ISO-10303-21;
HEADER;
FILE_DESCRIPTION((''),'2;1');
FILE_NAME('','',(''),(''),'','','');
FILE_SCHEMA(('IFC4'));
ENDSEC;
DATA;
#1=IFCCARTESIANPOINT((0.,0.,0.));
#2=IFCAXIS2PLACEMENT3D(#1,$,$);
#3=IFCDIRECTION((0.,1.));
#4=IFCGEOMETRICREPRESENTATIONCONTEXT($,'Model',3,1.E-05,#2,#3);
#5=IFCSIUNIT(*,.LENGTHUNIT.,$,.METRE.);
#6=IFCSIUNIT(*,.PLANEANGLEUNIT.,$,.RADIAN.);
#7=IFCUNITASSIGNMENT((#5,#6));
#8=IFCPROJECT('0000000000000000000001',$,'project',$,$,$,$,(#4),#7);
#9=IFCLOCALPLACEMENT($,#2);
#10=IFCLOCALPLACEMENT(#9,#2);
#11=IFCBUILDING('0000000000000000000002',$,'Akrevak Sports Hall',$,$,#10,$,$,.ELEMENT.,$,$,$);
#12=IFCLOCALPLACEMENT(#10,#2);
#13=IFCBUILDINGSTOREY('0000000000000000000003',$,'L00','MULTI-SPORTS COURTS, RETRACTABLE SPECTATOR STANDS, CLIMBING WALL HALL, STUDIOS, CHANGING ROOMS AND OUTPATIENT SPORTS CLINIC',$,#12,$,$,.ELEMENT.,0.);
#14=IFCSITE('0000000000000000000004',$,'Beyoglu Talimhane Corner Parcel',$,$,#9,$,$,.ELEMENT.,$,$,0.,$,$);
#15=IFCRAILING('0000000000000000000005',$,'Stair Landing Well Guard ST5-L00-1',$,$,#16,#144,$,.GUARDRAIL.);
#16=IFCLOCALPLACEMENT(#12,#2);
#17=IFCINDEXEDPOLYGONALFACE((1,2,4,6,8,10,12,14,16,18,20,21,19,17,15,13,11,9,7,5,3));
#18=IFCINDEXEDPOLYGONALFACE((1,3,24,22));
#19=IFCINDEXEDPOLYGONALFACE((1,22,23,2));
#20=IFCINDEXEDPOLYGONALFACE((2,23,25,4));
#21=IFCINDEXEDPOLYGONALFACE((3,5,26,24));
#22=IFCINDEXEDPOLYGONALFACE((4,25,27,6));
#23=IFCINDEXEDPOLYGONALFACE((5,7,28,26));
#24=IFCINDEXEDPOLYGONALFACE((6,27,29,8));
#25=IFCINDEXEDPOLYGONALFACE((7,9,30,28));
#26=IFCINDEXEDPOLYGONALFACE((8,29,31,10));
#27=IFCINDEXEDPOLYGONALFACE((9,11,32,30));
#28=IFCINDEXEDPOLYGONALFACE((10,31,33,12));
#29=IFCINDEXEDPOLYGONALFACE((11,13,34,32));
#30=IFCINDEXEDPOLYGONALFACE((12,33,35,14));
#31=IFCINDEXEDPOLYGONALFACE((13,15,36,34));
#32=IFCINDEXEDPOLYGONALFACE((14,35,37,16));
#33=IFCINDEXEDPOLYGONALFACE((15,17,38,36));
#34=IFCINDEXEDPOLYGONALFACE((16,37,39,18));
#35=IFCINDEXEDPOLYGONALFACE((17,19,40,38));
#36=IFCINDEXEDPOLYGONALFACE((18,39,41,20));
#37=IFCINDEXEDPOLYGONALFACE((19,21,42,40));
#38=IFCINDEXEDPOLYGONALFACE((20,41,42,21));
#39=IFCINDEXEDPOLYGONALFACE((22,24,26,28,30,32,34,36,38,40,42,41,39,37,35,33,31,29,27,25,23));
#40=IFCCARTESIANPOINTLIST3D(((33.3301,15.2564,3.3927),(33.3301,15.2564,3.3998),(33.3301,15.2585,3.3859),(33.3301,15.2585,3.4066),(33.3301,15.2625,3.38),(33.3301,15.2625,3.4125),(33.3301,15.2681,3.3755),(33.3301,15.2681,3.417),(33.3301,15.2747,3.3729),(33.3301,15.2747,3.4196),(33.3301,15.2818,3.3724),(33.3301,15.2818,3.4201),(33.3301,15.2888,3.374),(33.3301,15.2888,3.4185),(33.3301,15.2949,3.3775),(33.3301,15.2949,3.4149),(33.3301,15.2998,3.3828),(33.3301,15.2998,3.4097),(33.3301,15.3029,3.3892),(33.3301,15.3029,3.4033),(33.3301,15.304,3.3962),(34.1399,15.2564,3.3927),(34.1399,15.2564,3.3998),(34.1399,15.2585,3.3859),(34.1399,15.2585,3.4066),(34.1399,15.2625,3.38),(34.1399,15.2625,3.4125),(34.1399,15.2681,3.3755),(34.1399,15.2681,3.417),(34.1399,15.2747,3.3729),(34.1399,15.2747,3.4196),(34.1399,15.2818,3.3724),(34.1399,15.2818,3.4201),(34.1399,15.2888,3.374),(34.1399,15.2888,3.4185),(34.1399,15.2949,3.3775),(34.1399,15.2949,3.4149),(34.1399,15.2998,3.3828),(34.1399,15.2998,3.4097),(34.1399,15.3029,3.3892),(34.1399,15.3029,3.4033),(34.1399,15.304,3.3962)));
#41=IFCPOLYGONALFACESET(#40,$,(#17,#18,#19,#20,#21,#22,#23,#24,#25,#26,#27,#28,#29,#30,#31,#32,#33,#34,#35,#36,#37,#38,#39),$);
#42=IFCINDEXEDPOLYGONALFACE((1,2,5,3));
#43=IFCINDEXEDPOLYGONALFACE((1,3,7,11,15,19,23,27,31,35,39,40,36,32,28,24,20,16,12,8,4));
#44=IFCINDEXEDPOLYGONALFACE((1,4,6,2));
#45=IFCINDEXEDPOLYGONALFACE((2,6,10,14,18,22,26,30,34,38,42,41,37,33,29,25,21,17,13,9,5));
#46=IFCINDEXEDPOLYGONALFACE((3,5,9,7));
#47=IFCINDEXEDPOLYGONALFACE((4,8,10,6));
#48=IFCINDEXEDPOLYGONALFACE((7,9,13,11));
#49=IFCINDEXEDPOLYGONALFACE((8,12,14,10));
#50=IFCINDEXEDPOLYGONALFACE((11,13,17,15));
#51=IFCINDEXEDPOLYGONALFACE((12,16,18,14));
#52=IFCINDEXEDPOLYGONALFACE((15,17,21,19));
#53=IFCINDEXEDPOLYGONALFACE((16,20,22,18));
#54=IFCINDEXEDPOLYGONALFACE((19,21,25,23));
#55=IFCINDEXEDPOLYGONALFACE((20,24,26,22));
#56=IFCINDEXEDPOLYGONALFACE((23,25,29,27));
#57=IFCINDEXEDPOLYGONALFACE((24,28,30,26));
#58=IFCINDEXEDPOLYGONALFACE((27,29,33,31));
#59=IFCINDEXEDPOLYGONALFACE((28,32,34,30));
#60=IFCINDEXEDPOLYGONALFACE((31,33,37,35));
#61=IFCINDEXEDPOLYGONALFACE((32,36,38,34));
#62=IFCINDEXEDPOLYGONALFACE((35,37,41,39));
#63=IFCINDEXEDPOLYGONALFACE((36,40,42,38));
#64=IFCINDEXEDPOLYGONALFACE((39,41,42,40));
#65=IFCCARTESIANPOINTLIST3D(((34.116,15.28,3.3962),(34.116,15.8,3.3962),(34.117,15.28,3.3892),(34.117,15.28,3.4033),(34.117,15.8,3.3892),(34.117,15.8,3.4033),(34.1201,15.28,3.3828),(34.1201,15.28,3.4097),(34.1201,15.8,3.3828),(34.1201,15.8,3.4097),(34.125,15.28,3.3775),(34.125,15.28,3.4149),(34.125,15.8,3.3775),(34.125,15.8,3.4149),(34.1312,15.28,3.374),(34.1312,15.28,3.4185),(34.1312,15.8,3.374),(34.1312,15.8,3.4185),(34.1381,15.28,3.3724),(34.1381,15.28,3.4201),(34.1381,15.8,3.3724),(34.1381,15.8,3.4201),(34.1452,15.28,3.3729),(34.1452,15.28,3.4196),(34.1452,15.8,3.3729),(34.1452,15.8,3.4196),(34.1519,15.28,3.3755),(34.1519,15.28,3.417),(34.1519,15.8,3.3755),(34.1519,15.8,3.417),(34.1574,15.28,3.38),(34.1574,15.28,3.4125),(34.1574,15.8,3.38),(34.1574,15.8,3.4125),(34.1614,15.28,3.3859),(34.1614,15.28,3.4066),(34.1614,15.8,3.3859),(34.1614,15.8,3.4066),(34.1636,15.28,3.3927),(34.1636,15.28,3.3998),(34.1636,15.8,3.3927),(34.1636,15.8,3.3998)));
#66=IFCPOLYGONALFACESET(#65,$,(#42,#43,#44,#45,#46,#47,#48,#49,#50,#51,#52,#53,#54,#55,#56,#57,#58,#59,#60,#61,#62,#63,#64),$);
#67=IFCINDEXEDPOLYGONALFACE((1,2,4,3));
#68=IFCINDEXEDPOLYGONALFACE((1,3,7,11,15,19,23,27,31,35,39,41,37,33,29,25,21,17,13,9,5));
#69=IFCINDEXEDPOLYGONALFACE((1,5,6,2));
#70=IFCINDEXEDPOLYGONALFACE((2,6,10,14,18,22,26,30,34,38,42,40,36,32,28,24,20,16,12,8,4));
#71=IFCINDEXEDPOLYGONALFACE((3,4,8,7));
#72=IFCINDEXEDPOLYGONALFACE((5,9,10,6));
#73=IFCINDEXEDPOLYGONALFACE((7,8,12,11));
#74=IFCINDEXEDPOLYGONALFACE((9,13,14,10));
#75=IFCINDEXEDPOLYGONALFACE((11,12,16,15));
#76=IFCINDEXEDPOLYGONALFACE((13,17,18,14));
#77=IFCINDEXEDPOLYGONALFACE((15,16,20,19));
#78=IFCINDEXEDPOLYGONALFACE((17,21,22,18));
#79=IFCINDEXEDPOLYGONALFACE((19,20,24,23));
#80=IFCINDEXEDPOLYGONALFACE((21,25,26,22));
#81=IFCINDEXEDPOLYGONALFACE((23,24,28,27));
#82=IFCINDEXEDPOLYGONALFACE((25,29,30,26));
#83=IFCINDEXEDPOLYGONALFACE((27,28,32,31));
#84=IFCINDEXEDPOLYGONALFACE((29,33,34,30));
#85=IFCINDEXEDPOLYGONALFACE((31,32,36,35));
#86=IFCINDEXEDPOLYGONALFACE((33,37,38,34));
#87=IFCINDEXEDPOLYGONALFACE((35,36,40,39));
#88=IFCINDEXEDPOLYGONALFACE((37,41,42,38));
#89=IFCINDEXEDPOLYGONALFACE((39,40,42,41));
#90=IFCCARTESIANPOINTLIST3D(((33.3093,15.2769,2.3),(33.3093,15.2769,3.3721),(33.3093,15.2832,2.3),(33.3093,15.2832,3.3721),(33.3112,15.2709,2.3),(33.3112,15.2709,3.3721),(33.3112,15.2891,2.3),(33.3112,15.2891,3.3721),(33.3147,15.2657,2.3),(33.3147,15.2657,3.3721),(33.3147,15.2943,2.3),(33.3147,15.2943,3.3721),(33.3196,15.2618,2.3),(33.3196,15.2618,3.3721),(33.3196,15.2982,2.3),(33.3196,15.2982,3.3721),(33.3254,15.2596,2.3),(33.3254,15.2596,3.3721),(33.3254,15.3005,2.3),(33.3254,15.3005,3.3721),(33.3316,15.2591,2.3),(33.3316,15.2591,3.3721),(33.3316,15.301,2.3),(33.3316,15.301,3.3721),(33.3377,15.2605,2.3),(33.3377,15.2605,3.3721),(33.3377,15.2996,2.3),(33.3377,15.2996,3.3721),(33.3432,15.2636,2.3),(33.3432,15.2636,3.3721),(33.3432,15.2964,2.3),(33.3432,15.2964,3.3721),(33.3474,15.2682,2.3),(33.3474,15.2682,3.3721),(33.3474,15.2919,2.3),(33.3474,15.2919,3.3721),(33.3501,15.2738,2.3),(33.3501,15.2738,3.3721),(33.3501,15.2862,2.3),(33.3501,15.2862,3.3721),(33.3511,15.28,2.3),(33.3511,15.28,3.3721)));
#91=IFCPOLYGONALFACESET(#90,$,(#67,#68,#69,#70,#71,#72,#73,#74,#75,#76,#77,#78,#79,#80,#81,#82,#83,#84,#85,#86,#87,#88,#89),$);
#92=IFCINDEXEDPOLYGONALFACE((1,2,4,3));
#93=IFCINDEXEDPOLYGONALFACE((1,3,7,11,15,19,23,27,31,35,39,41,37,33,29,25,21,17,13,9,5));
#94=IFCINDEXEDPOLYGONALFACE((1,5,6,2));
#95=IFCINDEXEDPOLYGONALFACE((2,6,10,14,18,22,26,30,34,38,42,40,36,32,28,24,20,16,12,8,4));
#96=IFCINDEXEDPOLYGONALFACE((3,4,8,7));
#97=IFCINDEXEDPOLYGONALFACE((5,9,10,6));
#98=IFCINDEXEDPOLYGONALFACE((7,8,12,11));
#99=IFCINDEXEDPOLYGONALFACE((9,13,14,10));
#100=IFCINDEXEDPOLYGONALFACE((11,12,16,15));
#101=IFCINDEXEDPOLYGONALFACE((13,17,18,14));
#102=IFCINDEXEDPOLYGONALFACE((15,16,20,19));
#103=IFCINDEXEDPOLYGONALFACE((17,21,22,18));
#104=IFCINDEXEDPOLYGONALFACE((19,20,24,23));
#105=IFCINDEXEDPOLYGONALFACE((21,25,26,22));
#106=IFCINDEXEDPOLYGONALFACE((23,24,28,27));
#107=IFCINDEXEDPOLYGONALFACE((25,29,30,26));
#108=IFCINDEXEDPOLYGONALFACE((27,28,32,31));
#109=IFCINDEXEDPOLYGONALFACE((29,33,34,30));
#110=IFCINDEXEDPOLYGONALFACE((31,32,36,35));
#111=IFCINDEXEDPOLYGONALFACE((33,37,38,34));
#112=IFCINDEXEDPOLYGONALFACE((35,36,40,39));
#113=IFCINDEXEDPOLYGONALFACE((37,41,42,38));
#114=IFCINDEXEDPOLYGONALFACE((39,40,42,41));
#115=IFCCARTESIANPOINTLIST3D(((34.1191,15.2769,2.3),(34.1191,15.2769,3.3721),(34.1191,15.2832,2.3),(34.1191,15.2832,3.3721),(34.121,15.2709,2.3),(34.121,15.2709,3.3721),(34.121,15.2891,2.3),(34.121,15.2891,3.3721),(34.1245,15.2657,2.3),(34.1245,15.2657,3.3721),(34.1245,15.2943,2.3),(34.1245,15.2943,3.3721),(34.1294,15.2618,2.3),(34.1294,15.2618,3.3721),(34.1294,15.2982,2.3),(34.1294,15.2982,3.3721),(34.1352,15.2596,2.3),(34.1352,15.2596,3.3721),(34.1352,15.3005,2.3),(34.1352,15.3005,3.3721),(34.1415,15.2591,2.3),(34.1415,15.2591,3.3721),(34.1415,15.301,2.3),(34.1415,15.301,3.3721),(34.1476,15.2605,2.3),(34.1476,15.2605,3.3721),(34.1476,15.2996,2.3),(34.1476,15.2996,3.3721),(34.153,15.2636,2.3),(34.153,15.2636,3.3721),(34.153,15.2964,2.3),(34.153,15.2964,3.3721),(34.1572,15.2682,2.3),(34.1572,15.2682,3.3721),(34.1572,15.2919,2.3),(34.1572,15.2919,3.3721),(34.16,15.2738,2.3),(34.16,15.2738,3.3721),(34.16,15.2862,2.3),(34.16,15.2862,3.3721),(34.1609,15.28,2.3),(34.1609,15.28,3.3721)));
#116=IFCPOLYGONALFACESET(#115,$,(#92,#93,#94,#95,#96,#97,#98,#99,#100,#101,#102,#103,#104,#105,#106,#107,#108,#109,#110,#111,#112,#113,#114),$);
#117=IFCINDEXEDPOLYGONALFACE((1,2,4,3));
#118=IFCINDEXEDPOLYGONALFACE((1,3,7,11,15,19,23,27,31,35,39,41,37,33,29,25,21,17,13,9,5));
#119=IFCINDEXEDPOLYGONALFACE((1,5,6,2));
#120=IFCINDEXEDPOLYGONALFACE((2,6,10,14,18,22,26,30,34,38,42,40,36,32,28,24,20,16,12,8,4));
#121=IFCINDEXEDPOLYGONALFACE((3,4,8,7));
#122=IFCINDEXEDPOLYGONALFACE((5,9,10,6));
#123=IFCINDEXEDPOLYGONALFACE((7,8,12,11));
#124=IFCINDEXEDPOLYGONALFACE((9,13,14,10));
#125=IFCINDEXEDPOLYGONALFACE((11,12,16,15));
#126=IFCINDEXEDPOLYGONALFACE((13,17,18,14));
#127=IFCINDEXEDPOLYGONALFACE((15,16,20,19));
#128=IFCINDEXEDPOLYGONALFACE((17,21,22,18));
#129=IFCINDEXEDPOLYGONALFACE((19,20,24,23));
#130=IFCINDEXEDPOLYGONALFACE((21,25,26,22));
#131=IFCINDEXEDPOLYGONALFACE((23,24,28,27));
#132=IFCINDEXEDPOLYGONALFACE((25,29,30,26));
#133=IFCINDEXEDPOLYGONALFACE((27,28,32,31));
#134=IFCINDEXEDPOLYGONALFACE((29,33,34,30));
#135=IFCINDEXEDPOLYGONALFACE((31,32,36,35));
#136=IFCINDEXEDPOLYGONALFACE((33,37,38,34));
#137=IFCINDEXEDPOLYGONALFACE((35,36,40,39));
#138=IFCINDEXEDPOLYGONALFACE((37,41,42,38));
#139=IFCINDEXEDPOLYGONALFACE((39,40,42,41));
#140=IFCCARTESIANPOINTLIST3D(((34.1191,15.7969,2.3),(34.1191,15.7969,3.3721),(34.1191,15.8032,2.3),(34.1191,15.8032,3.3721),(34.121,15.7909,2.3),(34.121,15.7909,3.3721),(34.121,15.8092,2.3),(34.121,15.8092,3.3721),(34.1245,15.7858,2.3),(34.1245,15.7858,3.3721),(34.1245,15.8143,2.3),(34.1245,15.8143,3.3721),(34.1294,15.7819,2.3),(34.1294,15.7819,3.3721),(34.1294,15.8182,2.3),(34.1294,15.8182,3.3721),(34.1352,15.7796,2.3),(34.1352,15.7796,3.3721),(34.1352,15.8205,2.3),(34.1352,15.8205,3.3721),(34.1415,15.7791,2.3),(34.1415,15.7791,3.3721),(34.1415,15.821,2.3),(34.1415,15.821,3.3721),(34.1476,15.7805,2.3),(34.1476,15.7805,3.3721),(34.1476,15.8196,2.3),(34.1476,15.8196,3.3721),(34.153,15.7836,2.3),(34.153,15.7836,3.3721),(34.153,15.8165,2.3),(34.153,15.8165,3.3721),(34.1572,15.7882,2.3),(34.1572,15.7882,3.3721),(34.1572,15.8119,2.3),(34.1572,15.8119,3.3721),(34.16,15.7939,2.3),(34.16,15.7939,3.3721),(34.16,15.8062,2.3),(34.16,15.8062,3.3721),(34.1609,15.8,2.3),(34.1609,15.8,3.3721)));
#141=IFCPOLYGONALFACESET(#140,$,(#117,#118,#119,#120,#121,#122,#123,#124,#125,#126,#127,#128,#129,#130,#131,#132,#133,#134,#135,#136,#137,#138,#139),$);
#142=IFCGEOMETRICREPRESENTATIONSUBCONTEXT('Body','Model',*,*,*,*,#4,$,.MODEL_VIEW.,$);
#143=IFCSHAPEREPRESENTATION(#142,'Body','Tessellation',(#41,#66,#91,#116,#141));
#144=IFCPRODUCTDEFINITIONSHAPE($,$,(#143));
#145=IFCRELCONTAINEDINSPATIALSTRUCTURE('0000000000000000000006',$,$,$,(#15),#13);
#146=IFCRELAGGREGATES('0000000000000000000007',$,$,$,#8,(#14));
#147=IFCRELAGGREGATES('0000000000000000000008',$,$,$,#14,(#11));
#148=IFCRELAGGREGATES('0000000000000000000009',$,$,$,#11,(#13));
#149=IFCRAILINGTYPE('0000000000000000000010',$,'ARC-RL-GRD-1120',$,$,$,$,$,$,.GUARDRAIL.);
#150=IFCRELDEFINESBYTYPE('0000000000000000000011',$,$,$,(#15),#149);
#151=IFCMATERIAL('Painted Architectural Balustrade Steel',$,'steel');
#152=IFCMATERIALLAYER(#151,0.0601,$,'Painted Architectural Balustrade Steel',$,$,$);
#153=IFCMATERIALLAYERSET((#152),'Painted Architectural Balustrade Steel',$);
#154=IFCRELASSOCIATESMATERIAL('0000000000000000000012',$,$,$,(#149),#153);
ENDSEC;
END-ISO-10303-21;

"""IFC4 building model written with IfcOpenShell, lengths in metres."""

from ifc_helpers import new_model, si_unit, direction, frame, origin, origin_2d, place, context, subcontext, project, spatial, circle, extrude, material, layer, layer_set, type_object, element, save


model = new_model("IFC4")

# Units and contexts
model_context = context("Model", 3, precision=1e-05, world=origin(), true_north=direction((0.0, 1.0)))
body_context = subcontext(model_context, "Body", "Model", "MODEL_VIEW")
ifc_project = project(units=[si_unit("LENGTHUNIT", "METRE"), si_unit("PLANEANGLEUNIT", "RADIAN")], contexts=[model_context])

# Site, building, storey
site_placement = place(None, origin())
site = spatial("IfcSite", under=ifc_project, at=site_placement, Name="Beyoglu Talimhane Corner Parcel", CompositionType="ELEMENT", RefElevation=0.0)
building_placement = place(site_placement, origin())
building = spatial("IfcBuilding", under=site, at=building_placement, Name="Akrevak Sports Hall", CompositionType="ELEMENT")
storey_placement = place(building_placement, origin())
storey = spatial("IfcBuildingStorey", under=building, at=storey_placement, Name="L00", Description="MULTI-SPORTS COURTS, RETRACTABLE SPECTATOR STANDS, CLIMBING WALL HALL, STUDIOS, CHANGING ROOMS AND OUTPATIENT SPORTS CLINIC", CompositionType="ELEMENT", Elevation=0.0)

# Railing
ifc_material_1 = material(Name="Painted Architectural Balustrade Steel", Category="steel")
ifc_layer_1 = layer(ifc_material_1, 0.0601, Name="Painted Architectural Balustrade Steel")
ifc_layer_set_1 = layer_set([ifc_layer_1], Name="Painted Architectural Balustrade Steel")
railing_type_1 = type_object("IfcRailingType", Name="ARC-RL-GRD-1120", PredefinedType="GUARDRAIL", material=ifc_layer_set_1)
railing_1_placement = place(storey_placement, frame((33.3301, 15.28, 2.3)))
element("IfcRailing", 1, at=railing_1_placement, inside=storey, type_object=railing_type_1, Name="Stair Landing Well Guard ST5-L00-1", PredefinedType="GUARDRAIL", context=body_context, shape_type="SweptSolid", body=[
    extrude(circle(Radius=0.0239, at=origin_2d()), frame((0.0, 0.0, 1.0962), z_axis=(1.0, 0.0, 0.0), x_axis=(0.0, 1.0, 0.0)), (0.0, 0.0, 1.0), 0.8098),
    extrude(circle(Radius=0.0239, at=origin_2d()), frame((0.8098, 0.0, 1.0962), z_axis=(0.0, 1.0, 0.0), x_axis=(-1.0, 0.0, 0.0)), (0.0, 0.0, 1.0), 0.52),
    extrude(circle(Radius=0.021, at=origin_2d()), origin(), (0.0, 0.0, 1.0), 1.072),
    extrude(circle(Radius=0.021, at=origin_2d()), frame((0.8098, 0.0, 0.0)), (0.0, 0.0, 1.0), 1.072),
    extrude(circle(Radius=0.021, at=origin_2d()), frame((0.8098, 0.52, 0.0)), (0.0, 0.0, 1.0), 1.072),
])

save(model, "model.ifc")
